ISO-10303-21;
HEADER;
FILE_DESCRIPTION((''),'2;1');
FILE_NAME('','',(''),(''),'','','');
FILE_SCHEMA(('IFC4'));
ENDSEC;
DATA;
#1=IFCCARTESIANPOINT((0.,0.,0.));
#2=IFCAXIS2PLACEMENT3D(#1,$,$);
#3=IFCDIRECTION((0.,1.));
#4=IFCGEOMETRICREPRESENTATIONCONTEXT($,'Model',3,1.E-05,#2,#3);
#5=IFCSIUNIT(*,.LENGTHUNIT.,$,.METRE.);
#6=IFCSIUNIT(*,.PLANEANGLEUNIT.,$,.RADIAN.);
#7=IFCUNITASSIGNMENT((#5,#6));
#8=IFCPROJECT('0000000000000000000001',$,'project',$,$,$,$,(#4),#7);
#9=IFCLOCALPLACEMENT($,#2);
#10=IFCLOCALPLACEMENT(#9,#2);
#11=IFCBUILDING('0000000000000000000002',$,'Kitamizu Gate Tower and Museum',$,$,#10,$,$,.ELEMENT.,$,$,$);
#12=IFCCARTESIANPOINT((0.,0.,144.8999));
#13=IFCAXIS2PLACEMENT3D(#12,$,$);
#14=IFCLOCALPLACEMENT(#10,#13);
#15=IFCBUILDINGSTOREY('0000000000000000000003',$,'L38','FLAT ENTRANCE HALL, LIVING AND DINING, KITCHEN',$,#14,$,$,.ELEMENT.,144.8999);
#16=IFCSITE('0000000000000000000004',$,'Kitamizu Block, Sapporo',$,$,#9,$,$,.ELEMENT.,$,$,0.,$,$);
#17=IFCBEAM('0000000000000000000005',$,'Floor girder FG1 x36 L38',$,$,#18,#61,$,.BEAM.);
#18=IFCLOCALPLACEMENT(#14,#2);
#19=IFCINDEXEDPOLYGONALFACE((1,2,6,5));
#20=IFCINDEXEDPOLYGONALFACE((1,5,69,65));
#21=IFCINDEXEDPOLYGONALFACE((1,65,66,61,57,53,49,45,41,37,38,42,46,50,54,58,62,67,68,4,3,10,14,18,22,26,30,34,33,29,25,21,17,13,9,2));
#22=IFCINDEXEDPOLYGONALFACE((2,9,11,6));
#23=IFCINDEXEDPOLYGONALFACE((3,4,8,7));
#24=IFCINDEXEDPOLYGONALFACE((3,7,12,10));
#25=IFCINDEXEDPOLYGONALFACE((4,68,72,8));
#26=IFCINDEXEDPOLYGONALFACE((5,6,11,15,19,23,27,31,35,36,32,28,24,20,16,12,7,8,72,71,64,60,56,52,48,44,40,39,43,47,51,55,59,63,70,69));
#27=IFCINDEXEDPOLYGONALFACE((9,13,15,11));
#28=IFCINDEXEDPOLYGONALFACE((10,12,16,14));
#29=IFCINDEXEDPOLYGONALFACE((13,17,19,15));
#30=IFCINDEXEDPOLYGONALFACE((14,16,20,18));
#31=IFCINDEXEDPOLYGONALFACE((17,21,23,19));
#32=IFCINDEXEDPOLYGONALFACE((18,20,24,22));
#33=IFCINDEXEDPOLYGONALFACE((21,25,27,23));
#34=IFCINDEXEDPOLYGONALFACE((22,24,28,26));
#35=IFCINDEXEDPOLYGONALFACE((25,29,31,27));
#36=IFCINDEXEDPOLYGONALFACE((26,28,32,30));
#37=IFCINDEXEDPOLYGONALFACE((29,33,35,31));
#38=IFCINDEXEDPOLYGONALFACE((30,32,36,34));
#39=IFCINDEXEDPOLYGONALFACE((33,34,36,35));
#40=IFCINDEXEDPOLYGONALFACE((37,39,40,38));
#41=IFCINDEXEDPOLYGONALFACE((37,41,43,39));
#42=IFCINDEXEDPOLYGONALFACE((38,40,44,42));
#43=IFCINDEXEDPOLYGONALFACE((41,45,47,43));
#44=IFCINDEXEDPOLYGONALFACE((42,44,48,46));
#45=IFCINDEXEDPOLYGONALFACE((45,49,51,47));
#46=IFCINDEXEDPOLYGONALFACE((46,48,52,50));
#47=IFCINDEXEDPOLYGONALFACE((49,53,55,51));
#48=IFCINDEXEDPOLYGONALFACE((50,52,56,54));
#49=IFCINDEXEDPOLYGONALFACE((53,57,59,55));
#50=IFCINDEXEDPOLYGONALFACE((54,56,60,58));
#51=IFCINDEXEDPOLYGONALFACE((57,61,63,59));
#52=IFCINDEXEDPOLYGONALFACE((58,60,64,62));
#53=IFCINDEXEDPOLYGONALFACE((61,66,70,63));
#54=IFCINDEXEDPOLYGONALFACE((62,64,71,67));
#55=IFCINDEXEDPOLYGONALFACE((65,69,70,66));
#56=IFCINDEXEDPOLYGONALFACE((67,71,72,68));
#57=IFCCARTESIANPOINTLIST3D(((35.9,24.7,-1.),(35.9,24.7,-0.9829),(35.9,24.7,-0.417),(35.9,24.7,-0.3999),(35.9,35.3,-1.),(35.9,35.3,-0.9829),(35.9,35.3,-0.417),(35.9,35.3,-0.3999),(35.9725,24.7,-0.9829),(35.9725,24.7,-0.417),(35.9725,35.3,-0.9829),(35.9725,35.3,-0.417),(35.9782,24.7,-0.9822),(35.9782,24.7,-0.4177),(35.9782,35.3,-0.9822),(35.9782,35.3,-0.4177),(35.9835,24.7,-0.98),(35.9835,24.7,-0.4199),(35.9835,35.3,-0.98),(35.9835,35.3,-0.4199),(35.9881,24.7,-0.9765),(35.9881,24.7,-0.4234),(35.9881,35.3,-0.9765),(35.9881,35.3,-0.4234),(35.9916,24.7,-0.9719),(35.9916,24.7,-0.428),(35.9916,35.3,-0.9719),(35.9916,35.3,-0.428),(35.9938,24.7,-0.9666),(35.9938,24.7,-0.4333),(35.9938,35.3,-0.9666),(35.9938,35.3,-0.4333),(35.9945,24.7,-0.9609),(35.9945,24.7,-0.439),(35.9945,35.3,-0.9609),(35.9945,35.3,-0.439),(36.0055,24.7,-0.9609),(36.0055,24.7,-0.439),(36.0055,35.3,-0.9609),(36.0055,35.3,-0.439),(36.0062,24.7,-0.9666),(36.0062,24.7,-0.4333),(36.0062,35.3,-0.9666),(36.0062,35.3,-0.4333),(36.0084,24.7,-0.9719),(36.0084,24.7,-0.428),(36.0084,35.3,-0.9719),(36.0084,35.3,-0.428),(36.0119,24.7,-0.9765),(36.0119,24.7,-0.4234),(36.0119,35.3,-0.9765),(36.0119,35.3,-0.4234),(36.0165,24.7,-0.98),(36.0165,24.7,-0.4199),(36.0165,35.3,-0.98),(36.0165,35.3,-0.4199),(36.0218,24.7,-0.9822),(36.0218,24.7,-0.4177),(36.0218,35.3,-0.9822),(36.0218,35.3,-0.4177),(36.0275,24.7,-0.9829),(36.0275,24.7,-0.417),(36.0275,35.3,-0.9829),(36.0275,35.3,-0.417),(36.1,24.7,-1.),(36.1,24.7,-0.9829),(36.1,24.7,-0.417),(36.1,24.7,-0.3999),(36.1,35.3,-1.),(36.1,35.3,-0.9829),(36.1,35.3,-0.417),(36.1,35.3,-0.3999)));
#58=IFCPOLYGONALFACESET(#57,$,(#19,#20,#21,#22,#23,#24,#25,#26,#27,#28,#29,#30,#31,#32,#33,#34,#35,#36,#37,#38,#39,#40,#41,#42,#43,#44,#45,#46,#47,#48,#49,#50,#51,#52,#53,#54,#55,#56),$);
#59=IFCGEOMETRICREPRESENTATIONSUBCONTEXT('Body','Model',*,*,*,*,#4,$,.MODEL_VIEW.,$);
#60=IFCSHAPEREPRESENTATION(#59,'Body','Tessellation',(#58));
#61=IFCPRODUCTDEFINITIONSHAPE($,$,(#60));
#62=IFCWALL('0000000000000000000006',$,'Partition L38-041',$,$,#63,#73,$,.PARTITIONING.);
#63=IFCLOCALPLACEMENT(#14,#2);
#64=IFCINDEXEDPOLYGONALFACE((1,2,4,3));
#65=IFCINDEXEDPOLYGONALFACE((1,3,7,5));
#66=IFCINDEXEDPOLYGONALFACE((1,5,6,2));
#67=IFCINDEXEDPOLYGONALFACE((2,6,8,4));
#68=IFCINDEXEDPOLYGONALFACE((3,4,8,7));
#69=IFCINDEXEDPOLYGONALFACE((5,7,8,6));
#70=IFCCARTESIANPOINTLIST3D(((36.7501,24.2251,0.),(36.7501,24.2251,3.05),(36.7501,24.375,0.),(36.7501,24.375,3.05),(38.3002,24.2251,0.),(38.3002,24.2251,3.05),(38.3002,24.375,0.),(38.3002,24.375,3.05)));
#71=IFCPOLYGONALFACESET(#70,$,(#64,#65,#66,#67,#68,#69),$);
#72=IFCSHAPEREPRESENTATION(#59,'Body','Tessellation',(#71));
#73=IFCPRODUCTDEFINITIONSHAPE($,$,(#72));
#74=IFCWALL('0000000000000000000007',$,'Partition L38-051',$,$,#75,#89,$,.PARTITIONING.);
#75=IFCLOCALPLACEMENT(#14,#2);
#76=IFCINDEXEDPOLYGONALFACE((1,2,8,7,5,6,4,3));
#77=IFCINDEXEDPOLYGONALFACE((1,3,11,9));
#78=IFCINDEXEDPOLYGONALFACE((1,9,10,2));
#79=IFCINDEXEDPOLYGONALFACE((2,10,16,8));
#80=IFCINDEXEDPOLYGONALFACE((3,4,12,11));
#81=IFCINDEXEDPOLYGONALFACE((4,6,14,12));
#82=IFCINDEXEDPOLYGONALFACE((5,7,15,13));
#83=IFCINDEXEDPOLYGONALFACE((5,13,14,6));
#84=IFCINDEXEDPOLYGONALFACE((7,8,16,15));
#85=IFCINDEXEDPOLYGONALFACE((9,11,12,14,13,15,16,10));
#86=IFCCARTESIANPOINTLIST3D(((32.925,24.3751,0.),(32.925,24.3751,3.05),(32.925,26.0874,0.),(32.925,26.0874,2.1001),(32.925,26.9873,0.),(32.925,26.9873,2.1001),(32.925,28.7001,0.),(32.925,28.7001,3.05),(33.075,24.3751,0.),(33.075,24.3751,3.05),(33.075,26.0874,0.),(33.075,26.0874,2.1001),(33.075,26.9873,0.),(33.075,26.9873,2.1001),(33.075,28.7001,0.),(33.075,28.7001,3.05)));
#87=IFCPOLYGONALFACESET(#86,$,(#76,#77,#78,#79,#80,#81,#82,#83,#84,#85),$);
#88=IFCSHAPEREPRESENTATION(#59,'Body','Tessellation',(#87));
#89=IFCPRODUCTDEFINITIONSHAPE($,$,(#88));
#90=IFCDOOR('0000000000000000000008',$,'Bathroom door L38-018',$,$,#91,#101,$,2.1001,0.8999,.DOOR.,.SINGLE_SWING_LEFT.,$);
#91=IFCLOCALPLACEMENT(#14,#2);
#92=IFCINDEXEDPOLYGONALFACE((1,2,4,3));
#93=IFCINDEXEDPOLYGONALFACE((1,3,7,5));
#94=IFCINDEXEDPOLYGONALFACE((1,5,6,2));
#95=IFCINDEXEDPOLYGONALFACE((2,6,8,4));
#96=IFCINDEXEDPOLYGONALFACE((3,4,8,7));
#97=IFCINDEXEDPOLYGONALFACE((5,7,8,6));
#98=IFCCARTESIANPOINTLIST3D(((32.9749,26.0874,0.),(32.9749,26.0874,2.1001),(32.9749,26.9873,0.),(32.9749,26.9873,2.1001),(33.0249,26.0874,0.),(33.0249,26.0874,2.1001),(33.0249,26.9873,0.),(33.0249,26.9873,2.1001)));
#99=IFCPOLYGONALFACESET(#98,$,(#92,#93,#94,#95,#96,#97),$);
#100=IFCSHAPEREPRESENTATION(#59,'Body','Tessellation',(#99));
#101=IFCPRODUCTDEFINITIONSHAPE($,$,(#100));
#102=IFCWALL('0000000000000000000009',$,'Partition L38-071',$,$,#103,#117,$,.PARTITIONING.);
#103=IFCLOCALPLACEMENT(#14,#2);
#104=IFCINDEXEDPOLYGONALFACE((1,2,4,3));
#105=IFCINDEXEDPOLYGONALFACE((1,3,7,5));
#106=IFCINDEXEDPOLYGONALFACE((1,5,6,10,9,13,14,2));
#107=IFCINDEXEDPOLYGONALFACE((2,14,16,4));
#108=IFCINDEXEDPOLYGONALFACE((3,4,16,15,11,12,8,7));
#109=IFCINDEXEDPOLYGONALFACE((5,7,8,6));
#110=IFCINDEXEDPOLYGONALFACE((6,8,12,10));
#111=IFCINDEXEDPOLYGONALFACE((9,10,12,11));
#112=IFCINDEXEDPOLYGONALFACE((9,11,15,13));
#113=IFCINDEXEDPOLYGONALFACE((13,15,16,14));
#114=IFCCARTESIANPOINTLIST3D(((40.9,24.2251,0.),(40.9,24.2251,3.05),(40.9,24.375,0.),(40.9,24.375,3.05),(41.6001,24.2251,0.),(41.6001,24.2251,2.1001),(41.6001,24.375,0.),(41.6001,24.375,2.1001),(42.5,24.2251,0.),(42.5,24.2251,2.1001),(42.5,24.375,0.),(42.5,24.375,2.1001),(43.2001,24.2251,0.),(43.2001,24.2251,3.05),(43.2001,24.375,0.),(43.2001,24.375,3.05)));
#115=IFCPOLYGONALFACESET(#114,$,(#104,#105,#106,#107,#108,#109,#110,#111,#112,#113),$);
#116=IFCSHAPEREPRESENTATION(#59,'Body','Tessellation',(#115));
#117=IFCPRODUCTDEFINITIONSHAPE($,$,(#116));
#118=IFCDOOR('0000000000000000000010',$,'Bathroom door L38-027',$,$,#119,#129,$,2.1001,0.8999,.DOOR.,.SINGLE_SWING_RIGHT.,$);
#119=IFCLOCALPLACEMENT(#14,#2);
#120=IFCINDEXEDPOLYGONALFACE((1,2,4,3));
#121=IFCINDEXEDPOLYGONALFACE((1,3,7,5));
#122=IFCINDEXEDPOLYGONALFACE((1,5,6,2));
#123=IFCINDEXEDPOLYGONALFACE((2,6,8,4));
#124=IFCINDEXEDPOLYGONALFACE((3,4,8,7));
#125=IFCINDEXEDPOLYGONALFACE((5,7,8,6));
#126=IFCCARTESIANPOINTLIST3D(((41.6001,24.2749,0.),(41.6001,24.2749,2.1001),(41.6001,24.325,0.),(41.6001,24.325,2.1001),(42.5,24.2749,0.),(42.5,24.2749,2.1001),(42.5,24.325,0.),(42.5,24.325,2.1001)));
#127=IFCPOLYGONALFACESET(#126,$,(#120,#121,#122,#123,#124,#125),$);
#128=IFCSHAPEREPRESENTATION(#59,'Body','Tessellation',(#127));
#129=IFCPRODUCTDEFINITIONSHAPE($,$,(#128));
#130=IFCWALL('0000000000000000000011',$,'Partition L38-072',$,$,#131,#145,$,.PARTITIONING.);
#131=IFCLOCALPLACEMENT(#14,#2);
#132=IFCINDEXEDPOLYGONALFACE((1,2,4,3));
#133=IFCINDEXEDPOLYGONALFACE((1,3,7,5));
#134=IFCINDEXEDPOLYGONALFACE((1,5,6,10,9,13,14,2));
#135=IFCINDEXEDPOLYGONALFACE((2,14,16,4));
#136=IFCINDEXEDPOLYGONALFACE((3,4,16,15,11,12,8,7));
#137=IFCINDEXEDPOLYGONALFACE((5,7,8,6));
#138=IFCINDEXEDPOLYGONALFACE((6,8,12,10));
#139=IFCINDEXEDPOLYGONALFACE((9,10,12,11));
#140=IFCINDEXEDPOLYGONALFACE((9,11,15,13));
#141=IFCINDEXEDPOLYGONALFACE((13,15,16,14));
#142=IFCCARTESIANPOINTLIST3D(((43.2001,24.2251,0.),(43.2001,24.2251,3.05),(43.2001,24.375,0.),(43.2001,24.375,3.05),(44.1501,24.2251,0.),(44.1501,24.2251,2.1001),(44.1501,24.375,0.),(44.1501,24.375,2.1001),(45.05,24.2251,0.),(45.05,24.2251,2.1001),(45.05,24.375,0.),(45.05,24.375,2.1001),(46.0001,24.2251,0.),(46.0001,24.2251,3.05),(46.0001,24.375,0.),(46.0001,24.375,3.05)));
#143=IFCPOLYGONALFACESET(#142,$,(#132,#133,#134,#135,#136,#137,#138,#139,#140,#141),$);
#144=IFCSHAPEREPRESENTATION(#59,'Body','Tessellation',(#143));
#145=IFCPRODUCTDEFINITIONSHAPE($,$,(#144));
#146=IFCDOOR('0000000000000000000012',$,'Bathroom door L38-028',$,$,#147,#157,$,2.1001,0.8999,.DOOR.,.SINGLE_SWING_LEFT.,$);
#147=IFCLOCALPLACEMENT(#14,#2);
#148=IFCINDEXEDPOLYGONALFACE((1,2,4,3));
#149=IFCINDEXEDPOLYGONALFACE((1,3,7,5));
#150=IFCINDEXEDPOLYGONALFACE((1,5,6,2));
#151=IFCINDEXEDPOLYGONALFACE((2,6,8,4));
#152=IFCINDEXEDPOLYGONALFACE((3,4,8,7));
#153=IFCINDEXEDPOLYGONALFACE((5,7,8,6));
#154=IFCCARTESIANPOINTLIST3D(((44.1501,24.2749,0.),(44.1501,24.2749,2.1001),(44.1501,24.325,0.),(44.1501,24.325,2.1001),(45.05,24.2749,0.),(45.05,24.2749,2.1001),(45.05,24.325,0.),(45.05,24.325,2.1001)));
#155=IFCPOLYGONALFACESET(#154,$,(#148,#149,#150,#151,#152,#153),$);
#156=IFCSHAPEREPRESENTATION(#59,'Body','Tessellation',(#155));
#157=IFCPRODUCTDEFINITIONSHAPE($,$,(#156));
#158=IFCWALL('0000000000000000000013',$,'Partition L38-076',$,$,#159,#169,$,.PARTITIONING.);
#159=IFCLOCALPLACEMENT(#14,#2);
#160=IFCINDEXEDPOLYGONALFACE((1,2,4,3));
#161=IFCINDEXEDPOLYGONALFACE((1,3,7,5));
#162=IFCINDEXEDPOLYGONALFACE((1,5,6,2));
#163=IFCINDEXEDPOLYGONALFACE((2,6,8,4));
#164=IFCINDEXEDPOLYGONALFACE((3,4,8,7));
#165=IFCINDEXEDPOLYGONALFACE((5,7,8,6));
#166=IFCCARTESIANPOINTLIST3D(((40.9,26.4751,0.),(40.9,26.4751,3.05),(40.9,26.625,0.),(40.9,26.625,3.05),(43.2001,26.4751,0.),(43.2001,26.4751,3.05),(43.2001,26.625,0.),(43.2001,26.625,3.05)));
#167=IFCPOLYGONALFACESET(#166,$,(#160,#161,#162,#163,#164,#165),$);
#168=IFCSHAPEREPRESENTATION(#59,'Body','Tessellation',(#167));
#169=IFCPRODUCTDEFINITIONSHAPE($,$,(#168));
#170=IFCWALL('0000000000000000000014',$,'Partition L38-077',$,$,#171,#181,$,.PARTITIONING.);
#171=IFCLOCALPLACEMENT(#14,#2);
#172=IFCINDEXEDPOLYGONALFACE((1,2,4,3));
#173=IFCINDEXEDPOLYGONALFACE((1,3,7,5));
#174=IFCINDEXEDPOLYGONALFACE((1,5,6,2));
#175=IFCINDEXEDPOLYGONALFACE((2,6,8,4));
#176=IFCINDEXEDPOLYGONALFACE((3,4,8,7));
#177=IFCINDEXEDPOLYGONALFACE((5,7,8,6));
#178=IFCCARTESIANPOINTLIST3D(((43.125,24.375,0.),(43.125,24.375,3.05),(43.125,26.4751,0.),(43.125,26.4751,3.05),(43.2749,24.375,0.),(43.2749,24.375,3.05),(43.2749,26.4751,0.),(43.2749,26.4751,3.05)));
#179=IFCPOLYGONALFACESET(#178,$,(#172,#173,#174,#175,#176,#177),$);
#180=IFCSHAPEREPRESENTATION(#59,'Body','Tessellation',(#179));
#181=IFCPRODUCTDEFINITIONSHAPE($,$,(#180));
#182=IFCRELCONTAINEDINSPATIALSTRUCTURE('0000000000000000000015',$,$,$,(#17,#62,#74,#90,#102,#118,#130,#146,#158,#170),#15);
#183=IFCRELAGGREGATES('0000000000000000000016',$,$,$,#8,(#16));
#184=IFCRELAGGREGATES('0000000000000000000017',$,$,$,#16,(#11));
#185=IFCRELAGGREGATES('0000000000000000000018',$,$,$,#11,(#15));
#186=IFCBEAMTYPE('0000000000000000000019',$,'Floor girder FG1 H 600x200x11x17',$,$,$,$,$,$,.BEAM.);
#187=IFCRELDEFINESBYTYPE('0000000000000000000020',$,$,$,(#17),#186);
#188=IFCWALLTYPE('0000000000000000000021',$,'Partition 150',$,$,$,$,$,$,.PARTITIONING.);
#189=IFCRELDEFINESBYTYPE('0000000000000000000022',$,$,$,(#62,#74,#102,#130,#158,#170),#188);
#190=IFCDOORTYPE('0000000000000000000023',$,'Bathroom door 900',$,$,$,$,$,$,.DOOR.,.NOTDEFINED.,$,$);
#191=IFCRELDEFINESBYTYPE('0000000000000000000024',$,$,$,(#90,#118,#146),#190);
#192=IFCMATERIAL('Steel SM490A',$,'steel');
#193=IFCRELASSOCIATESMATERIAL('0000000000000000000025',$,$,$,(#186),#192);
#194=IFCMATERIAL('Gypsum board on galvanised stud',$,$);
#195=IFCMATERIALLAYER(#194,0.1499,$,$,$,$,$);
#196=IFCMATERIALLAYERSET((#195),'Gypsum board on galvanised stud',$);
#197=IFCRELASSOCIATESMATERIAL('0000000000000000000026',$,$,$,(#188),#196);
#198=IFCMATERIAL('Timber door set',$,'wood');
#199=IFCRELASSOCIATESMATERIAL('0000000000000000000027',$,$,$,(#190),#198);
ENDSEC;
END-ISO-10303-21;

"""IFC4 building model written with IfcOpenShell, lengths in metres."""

from ifc_helpers import new_model, si_unit, direction, frame, frame_2d, origin, origin_2d, place, context, subcontext, project, spatial, rectangle, i_section, extrude, material, layer, layer_set, material_profile, profile_set, type_object, element, fill, save


model = new_model("IFC4")

# Units and contexts
model_context = context("Model", 3, precision=1e-05, world=origin(), true_north=direction((0.0, 1.0)))
body_context = subcontext(model_context, "Body", "Model", "MODEL_VIEW")
ifc_project = project(units=[si_unit("LENGTHUNIT", "METRE"), si_unit("PLANEANGLEUNIT", "RADIAN")], contexts=[model_context])

# Site, building, storey
site_placement = place(None, origin())
site = spatial("IfcSite", under=ifc_project, at=site_placement, Name="Kitamizu Block, Sapporo", CompositionType="ELEMENT", RefElevation=0.0)
building_placement = place(site_placement, origin())
building = spatial("IfcBuilding", under=site, at=building_placement, Name="Kitamizu Gate Tower and Museum", CompositionType="ELEMENT")
storey_placement = place(building_placement, frame((0.0, 0.0, 144.8999)))
storey = spatial("IfcBuildingStorey", under=building, at=storey_placement, Name="L38", Description="FLAT ENTRANCE HALL, LIVING AND DINING, KITCHEN", CompositionType="ELEMENT", Elevation=144.8999)

# Beam
ifc_material_1 = material(Name="Steel SM490A", Category="steel")
ifc_material_profile = material_profile(ifc_material_1, i_section(OverallWidth=0.2, OverallDepth=0.6001, WebThickness=0.011, FlangeThickness=0.0171, FilletRadius=0.022, at=origin_2d()), Name="H-600x200x11x17")
ifc_profile_set = profile_set([ifc_material_profile], Name="Steel SM490A")
beam_type = type_object("IfcBeamType", Name="Floor girder FG1 H 600x200x11x17", PredefinedType="BEAM", material=ifc_profile_set)
beam_placement = place(storey_placement, frame((36.0, 24.7, -0.7), z_axis=(0.0, 1.0, 0.0), x_axis=(-1.0, 0.0, 0.0)))
element("IfcBeam", 1, at=beam_placement, inside=storey, type_object=beam_type, Name="Floor girder FG1 x36 L38", PredefinedType="BEAM", context=body_context, shape_type="SweptSolid", body=[
    extrude(i_section(OverallWidth=0.2, OverallDepth=0.6001, WebThickness=0.011, FlangeThickness=0.0171, FilletRadius=0.022, at=origin_2d()), origin(), (0.0, 0.0, 1.0), 10.6001),
])

# Wall
ifc_material_2 = material(Name="Gypsum board on galvanised stud")
ifc_layer_1 = layer(ifc_material_2, 0.1499)
ifc_layer_set_1 = layer_set([ifc_layer_1], Name="Gypsum board on galvanised stud")
wall_type_1 = type_object("IfcWallType", Name="Partition 150", PredefinedType="PARTITIONING", material=ifc_layer_set_1)
wall_1_placement = place(storey_placement, frame((38.3, 24.3, 0.0), z_axis=(0.0, 0.0, 1.0), x_axis=(-1.0, 0.0, 0.0)))
element("IfcWall", 2, at=wall_1_placement, inside=storey, type_object=wall_type_1, Name="Partition L38-041", PredefinedType="PARTITIONING", context=body_context, shape_type="SweptSolid", body=[
    extrude(rectangle(XDim=1.55, YDim=0.1499, at=frame_2d((0.7749, 0.0))), origin(), (0.0, 0.0, 1.0), 3.05),
])

# Walls, openings, doors
wall_2_placement = place(storey_placement, frame((33.0, 24.375, 0.0), z_axis=(0.0, 0.0, 1.0), x_axis=(0.0, 1.0, 0.0)))
wall_2 = element("IfcWall", 3, at=wall_2_placement, inside=storey, type_object=wall_type_1, Name="Partition L38-051", PredefinedType="PARTITIONING", context=body_context, shape_type="SweptSolid", body=[
    extrude(rectangle(XDim=4.325, YDim=0.1499, at=frame_2d((2.1626, 0.0))), origin(), (0.0, 0.0, 1.0), 3.05),
])
opening_1_placement = place(wall_2_placement, frame((1.7124, 0.0, 0.0)))
opening_1 = element("IfcOpeningElement", 4, at=opening_1_placement, cuts=wall_2, PredefinedType="OPENING", context=body_context, shape_type="SweptSolid", body=[
    extrude(rectangle(XDim=0.8999, YDim=2.1001, at=frame_2d((0.45, 1.05))), frame((0.0, 0.085, 0.0), z_axis=(0.0, -1.0, 0.0), x_axis=(1.0, 0.0, 0.0)), (0.0, 0.0, 1.0), 0.1699),
])
ifc_material_3 = material(Name="Timber door set", Category="wood")
door_type_1 = type_object("IfcDoorType", Name="Bathroom door 900", OperationType="NOTDEFINED", PredefinedType="DOOR", material=ifc_material_3)
door_1_placement = place(opening_1_placement, frame((0.8999, 0.0, 0.0), x_axis=(-1.0, 0.0, 0.0)))
door_1 = element("IfcDoor", 5, at=door_1_placement, inside=storey, type_object=door_type_1, Name="Bathroom door L38-018", OperationType="SINGLE_SWING_LEFT", OverallHeight=2.1001, OverallWidth=0.8999, PredefinedType="DOOR", context=body_context, shape_type="SweptSolid", body=[
    extrude(rectangle(XDim=0.8999, YDim=2.1001, at=frame_2d((0.45, 1.05))), frame((0.0, 0.0249, 0.0), z_axis=(0.0, -1.0, 0.0), x_axis=(1.0, 0.0, 0.0)), (0.0, 0.0, 1.0), 0.05),
])
fill(opening_1, door_1)
wall_3_placement = place(storey_placement, frame((43.2, 24.3, 0.0), z_axis=(0.0, 0.0, 1.0), x_axis=(-1.0, 0.0, 0.0)))
wall_3 = element("IfcWall", 6, at=wall_3_placement, inside=storey, type_object=wall_type_1, Name="Partition L38-071", PredefinedType="PARTITIONING", context=body_context, shape_type="SweptSolid", body=[
    extrude(rectangle(XDim=2.3, YDim=0.1499, at=frame_2d((1.1499, 0.0))), origin(), (0.0, 0.0, 1.0), 3.05),
])
opening_2_placement = place(wall_3_placement, frame((0.7, 0.0, 0.0)))
opening_2 = element("IfcOpeningElement", 7, at=opening_2_placement, cuts=wall_3, PredefinedType="OPENING", context=body_context, shape_type="SweptSolid", body=[
    extrude(rectangle(XDim=0.8999, YDim=2.1001, at=frame_2d((0.45, 1.05))), frame((0.0, 0.085, 0.0), z_axis=(0.0, -1.0, 0.0), x_axis=(1.0, 0.0, 0.0)), (0.0, 0.0, 1.0), 0.1699),
])
door_2_placement = place(opening_2_placement, frame((0.8999, 0.0, 0.0), x_axis=(-1.0, 0.0, 0.0)))
door_2 = element("IfcDoor", 8, at=door_2_placement, inside=storey, type_object=door_type_1, Name="Bathroom door L38-027", OperationType="SINGLE_SWING_RIGHT", OverallHeight=2.1001, OverallWidth=0.8999, PredefinedType="DOOR", context=body_context, shape_type="SweptSolid", body=[
    extrude(rectangle(XDim=0.8999, YDim=2.1001, at=frame_2d((0.45, 1.05))), frame((0.0, 0.0249, 0.0), z_axis=(0.0, -1.0, 0.0), x_axis=(1.0, 0.0, 0.0)), (0.0, 0.0, 1.0), 0.05),
])
fill(opening_2, door_2)
wall_4_placement = place(storey_placement, frame((46.0, 24.3, 0.0), z_axis=(0.0, 0.0, 1.0), x_axis=(-1.0, 0.0, 0.0)))
wall_4 = element("IfcWall", 9, at=wall_4_placement, inside=storey, type_object=wall_type_1, Name="Partition L38-072", PredefinedType="PARTITIONING", context=body_context, shape_type="SweptSolid", body=[
    extrude(rectangle(XDim=2.8, YDim=0.1499, at=frame_2d((1.3999, 0.0))), origin(), (0.0, 0.0, 1.0), 3.05),
])
opening_3_placement = place(wall_4_placement, frame((0.95, 0.0, 0.0)))
opening_3 = element("IfcOpeningElement", 10, at=opening_3_placement, cuts=wall_4, PredefinedType="OPENING", context=body_context, shape_type="SweptSolid", body=[
    extrude(rectangle(XDim=0.8999, YDim=2.1001, at=frame_2d((0.45, 1.05))), frame((0.0, 0.085, 0.0), z_axis=(0.0, -1.0, 0.0), x_axis=(1.0, 0.0, 0.0)), (0.0, 0.0, 1.0), 0.1699),
])
door_3_placement = place(opening_3_placement, frame((0.8999, 0.0, 0.0), x_axis=(-1.0, 0.0, 0.0)))
door_3 = element("IfcDoor", 11, at=door_3_placement, inside=storey, type_object=door_type_1, Name="Bathroom door L38-028", OperationType="SINGLE_SWING_LEFT", OverallHeight=2.1001, OverallWidth=0.8999, PredefinedType="DOOR", context=body_context, shape_type="SweptSolid", body=[
    extrude(rectangle(XDim=0.8999, YDim=2.1001, at=frame_2d((0.45, 1.05))), frame((0.0, 0.0249, 0.0), z_axis=(0.0, -1.0, 0.0), x_axis=(1.0, 0.0, 0.0)), (0.0, 0.0, 1.0), 0.05),
])
fill(opening_3, door_3)

# Walls
wall_5_placement = place(storey_placement, frame((43.2, 26.55, 0.0), z_axis=(0.0, 0.0, 1.0), x_axis=(-1.0, 0.0, 0.0)))
element("IfcWall", 12, at=wall_5_placement, inside=storey, type_object=wall_type_1, Name="Partition L38-076", PredefinedType="PARTITIONING", context=body_context, shape_type="SweptSolid", body=[
    extrude(rectangle(XDim=2.3, YDim=0.1499, at=frame_2d((1.1499, 0.0))), origin(), (0.0, 0.0, 1.0), 3.05),
])
wall_6_placement = place(storey_placement, frame((43.2, 24.375, 0.0), z_axis=(0.0, 0.0, 1.0), x_axis=(0.0, 1.0, 0.0)))
element("IfcWall", 13, at=wall_6_placement, inside=storey, type_object=wall_type_1, Name="Partition L38-077", PredefinedType="PARTITIONING", context=body_context, shape_type="SweptSolid", body=[
    extrude(rectangle(XDim=2.1001, YDim=0.1499, at=frame_2d((1.05, 0.0))), origin(), (0.0, 0.0, 1.0), 3.05),
])

save(model, "model.ifc")
